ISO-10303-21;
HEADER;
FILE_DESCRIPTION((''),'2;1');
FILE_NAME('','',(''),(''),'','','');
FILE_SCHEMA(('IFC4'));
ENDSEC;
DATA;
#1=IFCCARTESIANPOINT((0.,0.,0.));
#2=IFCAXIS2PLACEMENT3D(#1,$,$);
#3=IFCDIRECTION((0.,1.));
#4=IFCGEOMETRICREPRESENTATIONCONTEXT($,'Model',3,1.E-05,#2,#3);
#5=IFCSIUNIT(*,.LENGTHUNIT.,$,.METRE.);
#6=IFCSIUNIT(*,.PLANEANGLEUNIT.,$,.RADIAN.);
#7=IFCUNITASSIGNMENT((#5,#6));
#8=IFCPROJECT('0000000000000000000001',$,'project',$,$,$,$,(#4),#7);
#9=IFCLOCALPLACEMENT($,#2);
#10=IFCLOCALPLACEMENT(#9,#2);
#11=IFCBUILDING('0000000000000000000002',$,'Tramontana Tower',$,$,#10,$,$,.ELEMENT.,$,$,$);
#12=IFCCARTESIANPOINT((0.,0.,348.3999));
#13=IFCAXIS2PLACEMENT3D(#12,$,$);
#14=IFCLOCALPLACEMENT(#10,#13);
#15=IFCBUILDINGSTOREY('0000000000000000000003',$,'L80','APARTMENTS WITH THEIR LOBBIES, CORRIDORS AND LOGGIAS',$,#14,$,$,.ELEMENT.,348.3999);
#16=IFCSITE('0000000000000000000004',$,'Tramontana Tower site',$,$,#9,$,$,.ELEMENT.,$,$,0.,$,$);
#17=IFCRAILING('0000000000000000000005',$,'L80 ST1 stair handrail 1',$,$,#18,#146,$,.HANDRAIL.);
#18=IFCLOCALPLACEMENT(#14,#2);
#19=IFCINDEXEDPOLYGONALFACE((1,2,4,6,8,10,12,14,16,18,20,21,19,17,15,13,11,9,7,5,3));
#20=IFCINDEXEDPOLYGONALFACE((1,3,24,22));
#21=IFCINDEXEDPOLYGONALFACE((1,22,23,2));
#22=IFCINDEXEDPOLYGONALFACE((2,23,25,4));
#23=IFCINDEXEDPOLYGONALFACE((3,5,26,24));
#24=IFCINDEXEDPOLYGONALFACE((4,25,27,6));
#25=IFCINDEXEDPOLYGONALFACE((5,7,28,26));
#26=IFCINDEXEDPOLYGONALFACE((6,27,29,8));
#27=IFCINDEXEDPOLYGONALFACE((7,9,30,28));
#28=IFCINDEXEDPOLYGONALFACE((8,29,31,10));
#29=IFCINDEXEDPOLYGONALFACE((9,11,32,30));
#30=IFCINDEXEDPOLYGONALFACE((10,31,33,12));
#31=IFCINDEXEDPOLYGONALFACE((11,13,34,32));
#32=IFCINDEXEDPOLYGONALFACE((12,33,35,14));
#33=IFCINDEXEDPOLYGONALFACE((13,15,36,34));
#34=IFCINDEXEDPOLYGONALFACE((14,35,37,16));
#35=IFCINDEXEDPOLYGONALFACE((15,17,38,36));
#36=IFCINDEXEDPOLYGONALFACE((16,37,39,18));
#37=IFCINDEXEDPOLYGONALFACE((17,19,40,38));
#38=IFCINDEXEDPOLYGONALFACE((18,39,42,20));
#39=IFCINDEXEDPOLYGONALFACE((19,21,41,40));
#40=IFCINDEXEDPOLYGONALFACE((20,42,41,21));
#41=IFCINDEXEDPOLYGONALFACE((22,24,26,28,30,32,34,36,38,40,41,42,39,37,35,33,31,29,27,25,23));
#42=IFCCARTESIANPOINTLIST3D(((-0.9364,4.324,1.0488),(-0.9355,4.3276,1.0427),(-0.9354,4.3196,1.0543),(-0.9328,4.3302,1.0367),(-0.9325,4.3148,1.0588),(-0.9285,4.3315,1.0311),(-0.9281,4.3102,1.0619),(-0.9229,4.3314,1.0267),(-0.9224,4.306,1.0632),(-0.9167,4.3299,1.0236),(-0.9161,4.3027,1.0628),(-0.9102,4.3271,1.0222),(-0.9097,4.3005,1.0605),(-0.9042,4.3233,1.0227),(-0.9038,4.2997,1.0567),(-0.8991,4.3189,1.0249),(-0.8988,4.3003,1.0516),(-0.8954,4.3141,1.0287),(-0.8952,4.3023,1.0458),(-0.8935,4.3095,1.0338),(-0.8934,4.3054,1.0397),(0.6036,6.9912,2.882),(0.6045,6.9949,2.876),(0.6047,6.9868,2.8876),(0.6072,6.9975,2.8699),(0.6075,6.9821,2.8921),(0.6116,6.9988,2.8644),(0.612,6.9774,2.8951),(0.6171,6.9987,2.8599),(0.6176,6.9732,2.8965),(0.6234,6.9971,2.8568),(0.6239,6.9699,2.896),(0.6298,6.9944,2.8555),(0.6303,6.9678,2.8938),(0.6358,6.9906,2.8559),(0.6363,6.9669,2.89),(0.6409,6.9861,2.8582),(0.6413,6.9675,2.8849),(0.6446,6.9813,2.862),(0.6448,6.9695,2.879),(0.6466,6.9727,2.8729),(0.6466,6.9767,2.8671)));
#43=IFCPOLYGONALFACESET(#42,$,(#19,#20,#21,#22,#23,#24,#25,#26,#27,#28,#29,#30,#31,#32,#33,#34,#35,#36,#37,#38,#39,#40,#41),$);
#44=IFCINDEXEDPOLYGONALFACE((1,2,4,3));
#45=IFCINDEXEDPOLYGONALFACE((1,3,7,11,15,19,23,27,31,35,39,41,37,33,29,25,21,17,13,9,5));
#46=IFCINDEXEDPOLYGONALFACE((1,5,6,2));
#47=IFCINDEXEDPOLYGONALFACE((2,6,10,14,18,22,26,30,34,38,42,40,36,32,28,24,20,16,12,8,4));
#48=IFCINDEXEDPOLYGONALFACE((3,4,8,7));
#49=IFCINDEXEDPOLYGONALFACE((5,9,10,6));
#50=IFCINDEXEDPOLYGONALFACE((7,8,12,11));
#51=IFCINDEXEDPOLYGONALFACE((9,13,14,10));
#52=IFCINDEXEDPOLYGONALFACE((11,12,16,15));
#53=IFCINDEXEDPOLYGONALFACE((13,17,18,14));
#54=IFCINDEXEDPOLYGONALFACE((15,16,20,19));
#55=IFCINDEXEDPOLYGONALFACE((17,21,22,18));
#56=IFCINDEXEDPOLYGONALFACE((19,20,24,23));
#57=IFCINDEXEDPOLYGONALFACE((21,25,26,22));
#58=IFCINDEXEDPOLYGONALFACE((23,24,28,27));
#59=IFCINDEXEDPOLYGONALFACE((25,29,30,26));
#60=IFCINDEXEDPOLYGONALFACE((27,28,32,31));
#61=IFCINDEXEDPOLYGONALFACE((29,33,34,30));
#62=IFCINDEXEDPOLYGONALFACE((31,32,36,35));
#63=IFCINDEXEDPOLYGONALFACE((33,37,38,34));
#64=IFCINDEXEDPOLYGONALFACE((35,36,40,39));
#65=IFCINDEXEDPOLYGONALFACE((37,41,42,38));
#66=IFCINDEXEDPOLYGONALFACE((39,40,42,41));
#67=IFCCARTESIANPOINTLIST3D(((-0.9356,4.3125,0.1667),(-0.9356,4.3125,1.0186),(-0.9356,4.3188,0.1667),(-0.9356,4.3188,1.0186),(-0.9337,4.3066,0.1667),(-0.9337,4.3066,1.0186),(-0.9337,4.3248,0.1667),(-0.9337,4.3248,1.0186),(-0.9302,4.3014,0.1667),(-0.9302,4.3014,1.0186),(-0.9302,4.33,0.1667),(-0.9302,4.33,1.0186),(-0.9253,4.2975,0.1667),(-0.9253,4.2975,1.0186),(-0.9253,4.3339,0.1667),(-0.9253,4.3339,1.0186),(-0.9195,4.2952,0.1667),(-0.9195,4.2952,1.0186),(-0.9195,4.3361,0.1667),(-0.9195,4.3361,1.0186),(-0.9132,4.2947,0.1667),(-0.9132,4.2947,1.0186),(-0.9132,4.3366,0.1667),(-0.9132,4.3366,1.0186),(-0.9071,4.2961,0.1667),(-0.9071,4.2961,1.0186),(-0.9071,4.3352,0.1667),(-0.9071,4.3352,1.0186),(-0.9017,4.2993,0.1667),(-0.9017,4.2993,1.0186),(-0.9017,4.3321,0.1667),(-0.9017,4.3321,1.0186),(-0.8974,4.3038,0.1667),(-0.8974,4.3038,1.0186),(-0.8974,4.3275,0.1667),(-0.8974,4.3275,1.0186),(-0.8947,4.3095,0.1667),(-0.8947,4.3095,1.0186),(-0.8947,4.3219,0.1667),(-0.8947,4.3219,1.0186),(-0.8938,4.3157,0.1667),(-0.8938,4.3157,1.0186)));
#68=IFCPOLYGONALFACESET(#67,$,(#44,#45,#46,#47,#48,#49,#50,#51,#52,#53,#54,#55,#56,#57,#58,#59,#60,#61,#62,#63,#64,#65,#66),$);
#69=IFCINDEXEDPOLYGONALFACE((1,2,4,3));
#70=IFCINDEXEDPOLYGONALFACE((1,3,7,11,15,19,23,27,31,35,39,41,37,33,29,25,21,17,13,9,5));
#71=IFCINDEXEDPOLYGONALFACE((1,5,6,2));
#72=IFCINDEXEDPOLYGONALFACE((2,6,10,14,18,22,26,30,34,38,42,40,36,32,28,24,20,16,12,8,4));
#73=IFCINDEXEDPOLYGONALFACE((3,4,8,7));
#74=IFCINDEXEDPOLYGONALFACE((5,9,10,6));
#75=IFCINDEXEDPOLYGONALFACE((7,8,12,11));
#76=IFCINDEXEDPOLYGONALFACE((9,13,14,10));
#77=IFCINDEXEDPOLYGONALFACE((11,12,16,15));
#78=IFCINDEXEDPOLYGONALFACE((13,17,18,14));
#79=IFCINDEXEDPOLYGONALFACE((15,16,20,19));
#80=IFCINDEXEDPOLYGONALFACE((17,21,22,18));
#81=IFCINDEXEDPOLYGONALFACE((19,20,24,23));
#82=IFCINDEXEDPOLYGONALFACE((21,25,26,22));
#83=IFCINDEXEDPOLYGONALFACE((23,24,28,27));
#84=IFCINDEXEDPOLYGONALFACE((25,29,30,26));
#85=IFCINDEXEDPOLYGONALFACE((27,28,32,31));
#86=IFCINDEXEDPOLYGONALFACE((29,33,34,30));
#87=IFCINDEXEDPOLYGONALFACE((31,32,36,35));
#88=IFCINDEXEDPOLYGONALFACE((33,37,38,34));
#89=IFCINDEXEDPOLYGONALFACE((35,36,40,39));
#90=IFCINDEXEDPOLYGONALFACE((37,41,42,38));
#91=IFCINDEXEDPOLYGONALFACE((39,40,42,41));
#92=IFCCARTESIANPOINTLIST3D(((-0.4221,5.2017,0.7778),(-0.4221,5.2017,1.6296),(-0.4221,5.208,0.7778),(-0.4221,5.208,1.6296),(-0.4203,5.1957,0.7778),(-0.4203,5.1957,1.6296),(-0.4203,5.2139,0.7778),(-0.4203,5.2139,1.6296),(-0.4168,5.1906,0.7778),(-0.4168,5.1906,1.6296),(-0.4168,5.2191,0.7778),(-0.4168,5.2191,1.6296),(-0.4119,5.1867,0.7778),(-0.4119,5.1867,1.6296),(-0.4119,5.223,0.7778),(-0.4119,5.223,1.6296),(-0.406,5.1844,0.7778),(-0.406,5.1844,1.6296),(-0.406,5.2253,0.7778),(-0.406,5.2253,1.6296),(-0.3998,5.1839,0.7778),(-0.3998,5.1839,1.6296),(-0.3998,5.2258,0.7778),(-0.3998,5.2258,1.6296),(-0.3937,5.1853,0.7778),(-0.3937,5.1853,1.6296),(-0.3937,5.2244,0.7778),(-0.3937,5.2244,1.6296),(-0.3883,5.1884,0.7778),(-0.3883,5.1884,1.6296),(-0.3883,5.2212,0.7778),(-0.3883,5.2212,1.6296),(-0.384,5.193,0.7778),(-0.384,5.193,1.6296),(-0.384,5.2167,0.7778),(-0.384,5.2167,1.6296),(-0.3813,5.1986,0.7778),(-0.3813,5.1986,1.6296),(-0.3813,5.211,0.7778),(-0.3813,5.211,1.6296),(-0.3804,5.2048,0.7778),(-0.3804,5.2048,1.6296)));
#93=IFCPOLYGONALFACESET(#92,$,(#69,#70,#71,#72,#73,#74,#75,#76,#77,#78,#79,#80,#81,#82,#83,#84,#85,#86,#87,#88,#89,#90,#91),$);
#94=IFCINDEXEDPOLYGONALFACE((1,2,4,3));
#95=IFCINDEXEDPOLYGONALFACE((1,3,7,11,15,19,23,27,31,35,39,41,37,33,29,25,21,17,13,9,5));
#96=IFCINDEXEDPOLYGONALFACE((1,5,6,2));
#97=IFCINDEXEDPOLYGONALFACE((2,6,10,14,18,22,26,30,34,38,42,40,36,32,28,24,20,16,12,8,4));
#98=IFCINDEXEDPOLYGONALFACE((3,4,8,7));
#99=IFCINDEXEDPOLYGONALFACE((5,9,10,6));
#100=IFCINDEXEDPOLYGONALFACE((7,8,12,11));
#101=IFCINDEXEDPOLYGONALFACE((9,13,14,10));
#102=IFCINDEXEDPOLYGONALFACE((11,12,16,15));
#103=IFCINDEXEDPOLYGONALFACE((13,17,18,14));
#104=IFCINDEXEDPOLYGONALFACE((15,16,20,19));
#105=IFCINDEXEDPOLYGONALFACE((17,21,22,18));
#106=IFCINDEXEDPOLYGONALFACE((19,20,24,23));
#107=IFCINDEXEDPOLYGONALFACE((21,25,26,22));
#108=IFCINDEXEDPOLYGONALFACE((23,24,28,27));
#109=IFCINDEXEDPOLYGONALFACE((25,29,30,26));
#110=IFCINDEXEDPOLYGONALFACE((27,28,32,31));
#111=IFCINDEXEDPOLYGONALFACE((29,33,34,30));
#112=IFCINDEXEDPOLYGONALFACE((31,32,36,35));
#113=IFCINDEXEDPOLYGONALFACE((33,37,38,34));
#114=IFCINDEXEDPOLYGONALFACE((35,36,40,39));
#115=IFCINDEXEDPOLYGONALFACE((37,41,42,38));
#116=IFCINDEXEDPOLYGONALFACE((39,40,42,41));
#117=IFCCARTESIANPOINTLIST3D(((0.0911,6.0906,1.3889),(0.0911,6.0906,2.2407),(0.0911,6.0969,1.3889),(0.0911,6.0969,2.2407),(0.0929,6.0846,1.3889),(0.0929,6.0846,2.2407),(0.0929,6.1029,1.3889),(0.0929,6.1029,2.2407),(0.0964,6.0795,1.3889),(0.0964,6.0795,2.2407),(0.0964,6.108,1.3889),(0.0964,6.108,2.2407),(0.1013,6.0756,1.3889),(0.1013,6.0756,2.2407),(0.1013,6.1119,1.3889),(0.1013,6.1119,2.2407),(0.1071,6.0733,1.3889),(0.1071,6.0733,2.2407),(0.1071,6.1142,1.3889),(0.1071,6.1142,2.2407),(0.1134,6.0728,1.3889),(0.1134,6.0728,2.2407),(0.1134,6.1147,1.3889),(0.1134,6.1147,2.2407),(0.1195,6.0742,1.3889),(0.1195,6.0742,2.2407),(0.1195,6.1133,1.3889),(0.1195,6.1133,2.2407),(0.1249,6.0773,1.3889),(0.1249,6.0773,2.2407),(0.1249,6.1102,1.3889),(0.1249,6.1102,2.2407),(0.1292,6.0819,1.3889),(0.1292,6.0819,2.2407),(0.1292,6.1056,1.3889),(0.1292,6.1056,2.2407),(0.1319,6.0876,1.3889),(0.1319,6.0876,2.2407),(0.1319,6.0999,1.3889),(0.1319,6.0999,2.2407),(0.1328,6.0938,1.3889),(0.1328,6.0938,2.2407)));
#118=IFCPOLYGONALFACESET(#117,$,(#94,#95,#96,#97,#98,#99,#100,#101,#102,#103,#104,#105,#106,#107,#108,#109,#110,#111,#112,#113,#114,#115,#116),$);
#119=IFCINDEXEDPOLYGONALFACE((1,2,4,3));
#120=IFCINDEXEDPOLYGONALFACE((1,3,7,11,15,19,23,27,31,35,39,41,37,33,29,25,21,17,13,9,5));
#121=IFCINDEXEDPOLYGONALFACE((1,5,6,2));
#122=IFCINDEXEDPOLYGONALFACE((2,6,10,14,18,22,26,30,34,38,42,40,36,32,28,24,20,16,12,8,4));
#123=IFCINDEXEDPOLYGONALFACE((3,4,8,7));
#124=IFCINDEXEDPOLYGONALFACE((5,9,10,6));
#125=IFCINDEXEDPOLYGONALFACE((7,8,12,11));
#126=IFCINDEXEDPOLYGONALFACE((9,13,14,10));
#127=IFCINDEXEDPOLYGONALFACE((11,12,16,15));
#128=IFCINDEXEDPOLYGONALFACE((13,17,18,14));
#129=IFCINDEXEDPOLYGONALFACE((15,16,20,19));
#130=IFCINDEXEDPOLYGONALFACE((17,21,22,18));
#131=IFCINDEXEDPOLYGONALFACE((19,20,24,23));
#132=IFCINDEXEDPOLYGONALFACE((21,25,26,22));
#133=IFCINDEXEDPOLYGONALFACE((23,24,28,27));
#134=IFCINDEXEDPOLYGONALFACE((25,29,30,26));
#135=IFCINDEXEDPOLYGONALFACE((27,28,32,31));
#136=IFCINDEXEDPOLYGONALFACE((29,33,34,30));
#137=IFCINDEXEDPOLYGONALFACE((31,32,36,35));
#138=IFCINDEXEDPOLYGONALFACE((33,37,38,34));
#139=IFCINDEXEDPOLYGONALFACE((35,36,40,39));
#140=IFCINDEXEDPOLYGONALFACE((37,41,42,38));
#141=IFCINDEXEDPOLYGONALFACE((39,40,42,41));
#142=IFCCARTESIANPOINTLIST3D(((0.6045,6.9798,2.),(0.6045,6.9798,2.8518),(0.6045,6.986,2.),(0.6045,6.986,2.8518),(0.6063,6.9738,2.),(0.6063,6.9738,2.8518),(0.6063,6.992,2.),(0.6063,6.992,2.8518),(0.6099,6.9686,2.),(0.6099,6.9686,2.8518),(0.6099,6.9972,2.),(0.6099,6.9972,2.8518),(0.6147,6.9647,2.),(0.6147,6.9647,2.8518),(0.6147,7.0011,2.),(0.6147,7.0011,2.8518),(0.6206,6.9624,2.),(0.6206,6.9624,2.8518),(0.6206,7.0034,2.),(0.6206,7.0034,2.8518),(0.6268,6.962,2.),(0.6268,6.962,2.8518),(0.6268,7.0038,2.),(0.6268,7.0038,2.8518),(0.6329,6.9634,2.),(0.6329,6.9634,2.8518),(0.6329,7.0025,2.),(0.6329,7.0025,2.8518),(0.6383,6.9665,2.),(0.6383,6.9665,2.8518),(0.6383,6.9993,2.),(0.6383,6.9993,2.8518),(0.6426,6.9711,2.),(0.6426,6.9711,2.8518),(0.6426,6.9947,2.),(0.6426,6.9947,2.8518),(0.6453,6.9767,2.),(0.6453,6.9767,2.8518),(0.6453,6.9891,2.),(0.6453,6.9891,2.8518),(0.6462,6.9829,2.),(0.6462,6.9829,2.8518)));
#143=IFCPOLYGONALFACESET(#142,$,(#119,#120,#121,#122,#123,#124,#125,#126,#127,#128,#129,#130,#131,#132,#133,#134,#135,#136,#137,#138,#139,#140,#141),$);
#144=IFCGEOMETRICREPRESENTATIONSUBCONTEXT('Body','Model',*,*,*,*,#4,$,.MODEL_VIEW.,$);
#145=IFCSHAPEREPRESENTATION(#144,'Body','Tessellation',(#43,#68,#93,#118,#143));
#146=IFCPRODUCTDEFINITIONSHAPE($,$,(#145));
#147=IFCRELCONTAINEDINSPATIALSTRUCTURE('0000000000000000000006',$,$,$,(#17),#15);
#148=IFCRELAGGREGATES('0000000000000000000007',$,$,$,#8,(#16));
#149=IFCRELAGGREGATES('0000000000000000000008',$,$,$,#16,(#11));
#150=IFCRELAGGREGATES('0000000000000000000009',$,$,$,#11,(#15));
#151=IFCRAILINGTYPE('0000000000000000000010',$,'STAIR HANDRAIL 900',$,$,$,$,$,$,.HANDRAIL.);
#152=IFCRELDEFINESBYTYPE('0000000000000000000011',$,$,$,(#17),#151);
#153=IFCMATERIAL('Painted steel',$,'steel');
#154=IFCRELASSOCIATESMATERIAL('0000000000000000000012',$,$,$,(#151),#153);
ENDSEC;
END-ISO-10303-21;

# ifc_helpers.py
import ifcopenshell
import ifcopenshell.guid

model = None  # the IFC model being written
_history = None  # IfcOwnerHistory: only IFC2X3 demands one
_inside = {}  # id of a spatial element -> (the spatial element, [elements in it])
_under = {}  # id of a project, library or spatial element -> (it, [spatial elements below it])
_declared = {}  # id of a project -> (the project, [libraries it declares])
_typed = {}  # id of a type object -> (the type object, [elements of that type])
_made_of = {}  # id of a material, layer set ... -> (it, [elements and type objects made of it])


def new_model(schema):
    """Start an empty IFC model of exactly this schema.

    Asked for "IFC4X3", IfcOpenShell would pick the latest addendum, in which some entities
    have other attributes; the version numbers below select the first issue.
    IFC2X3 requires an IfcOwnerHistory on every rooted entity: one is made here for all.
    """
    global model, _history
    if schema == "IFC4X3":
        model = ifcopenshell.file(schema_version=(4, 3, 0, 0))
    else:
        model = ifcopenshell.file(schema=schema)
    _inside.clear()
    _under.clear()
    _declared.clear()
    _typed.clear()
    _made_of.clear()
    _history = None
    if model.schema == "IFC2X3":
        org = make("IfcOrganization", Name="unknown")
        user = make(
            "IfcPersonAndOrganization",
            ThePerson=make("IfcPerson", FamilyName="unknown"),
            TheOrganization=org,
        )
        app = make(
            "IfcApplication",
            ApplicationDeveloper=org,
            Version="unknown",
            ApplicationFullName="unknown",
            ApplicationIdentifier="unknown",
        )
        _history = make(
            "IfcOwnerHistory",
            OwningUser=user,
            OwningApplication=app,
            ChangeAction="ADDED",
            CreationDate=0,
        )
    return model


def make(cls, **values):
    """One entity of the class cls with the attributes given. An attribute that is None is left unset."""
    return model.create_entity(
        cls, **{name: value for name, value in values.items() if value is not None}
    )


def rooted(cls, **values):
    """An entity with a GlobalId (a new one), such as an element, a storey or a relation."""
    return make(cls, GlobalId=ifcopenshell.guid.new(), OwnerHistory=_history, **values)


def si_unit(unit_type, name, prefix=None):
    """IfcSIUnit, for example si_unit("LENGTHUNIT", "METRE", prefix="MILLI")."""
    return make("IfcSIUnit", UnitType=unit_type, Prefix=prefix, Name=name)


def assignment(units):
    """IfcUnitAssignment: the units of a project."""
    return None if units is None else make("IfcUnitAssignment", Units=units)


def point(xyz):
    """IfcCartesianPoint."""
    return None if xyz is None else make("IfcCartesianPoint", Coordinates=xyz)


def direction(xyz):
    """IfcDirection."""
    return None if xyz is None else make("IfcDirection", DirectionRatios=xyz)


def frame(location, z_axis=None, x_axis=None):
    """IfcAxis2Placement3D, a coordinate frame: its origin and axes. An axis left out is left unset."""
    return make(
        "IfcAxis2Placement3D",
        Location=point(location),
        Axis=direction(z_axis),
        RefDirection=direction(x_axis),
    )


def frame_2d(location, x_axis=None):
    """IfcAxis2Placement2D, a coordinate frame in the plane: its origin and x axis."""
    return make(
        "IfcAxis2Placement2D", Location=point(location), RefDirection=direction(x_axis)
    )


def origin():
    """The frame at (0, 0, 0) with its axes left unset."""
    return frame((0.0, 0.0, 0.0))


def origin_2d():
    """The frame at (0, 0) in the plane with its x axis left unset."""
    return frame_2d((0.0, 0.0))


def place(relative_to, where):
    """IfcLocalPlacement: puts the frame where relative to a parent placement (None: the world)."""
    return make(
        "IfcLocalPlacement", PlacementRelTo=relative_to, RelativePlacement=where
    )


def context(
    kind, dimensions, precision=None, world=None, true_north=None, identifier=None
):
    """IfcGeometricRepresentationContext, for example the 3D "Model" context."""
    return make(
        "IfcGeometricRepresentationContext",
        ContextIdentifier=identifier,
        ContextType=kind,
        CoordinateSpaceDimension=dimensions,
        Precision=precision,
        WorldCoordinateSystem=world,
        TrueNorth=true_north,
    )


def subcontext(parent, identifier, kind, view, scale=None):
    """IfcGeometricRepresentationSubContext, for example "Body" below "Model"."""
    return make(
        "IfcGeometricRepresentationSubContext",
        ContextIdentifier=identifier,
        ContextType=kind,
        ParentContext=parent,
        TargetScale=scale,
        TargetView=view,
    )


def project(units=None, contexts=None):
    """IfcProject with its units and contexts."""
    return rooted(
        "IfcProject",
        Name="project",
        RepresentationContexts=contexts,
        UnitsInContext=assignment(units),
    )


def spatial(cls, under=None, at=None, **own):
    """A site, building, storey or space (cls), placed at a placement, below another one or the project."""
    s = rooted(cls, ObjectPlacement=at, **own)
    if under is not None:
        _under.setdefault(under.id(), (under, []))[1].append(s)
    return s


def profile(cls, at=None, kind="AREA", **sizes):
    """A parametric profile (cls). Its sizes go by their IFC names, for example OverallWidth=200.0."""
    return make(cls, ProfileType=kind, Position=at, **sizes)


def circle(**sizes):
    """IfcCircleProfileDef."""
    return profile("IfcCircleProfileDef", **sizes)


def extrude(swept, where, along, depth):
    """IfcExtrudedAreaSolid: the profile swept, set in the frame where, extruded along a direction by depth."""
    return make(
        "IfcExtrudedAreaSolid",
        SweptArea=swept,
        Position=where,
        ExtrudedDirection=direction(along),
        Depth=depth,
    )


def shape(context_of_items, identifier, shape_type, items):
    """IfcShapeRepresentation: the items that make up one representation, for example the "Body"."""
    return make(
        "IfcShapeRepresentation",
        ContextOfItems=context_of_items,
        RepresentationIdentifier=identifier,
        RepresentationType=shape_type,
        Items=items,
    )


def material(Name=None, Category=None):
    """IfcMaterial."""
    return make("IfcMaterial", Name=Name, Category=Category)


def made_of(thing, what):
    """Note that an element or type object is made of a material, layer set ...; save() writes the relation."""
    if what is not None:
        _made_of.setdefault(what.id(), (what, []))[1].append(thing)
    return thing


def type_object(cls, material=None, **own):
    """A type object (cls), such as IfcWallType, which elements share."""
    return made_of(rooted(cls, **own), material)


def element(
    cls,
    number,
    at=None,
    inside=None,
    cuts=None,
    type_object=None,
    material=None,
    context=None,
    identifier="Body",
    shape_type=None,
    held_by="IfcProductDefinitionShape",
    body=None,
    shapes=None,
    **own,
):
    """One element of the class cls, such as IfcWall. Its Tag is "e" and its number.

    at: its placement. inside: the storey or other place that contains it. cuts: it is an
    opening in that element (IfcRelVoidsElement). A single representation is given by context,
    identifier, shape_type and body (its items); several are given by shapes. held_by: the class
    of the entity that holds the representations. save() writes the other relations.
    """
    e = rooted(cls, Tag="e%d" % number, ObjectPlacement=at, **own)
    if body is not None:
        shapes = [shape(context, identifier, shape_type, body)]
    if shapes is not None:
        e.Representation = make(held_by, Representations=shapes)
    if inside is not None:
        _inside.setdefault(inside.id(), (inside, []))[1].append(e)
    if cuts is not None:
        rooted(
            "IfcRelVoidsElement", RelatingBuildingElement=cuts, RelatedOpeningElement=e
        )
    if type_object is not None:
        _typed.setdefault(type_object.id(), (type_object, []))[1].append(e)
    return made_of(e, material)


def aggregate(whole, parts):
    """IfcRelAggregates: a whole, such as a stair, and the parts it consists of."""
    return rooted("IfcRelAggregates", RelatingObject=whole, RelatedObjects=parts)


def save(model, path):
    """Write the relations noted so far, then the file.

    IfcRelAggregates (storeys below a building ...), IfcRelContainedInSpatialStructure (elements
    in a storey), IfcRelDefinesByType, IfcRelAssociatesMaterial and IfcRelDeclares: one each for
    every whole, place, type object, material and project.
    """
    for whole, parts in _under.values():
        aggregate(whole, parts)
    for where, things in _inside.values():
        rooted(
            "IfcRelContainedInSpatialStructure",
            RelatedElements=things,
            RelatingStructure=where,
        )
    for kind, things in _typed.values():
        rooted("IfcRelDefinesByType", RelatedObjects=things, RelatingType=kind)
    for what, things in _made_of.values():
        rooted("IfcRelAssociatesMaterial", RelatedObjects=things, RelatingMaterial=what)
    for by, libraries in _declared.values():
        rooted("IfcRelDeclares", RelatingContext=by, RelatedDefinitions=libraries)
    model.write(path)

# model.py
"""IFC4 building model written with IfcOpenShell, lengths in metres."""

from ifc_helpers import new_model, si_unit, direction, frame, origin, origin_2d, place, context, subcontext, project, spatial, circle, extrude, material, type_object, element, save


model = new_model("IFC4")

# Units and contexts
model_context = context("Model", 3, precision=1e-05, world=origin(), true_north=direction((0.0, 1.0)))
body_context = subcontext(model_context, "Body", "Model", "MODEL_VIEW")
ifc_project = project(units=[si_unit("LENGTHUNIT", "METRE"), si_unit("PLANEANGLEUNIT", "RADIAN")], contexts=[model_context])

# Site, building, storey
site_placement = place(None, origin())
site = spatial("IfcSite", under=ifc_project, at=site_placement, Name="Tramontana Tower site", CompositionType="ELEMENT", RefElevation=0.0)
building_placement = place(site_placement, origin())
building = spatial("IfcBuilding", under=site, at=building_placement, Name="Tramontana Tower", CompositionType="ELEMENT")
storey_placement = place(building_placement, frame((0.0, 0.0, 348.3999)))
storey = spatial("IfcBuildingStorey", under=building, at=storey_placement, Name="L80", Description="APARTMENTS WITH THEIR LOBBIES, CORRIDORS AND LOGGIAS", CompositionType="ELEMENT", Elevation=348.3999)

# Railing
ifc_material_1 = material(Name="Painted steel", Category="steel")
railing_type_1 = type_object("IfcRailingType", Name="STAIR HANDRAIL 900", PredefinedType="HANDRAIL", material=ifc_material_1)
railing_1_placement = place(storey_placement, frame((-0.9148, 4.3157, 0.1667)))
element("IfcRailing", 1, at=railing_1_placement, inside=storey, type_object=railing_type_1, Name="L80 ST1 stair handrail 1", PredefinedType="HANDRAIL", context=body_context, shape_type="SweptSolid", body=[
    extrude(circle(Radius=0.0239, at=origin_2d()), frame((0.0, 0.0, 0.876), z_axis=(0.429671, 0.744159, 0.511478), x_axis=(-0.86601, 0.500027, 0.0)), (0.0, 0.0, 1.0), 3.5842),
    extrude(circle(Radius=0.021, at=origin_2d()), origin(), (0.0, 0.0, 1.0), 0.8518),
    extrude(circle(Radius=0.021, at=origin_2d()), frame((0.5134, 0.8892, 0.6111)), (0.0, 0.0, 1.0), 0.8518),
    extrude(circle(Radius=0.021, at=origin_2d()), frame((1.0266, 1.7781, 1.2222)), (0.0, 0.0, 1.0), 0.8518),
    extrude(circle(Radius=0.021, at=origin_2d()), frame((1.54, 2.6672, 1.8333)), (0.0, 0.0, 1.0), 0.8518),
])

save(model, "model.ifc")
